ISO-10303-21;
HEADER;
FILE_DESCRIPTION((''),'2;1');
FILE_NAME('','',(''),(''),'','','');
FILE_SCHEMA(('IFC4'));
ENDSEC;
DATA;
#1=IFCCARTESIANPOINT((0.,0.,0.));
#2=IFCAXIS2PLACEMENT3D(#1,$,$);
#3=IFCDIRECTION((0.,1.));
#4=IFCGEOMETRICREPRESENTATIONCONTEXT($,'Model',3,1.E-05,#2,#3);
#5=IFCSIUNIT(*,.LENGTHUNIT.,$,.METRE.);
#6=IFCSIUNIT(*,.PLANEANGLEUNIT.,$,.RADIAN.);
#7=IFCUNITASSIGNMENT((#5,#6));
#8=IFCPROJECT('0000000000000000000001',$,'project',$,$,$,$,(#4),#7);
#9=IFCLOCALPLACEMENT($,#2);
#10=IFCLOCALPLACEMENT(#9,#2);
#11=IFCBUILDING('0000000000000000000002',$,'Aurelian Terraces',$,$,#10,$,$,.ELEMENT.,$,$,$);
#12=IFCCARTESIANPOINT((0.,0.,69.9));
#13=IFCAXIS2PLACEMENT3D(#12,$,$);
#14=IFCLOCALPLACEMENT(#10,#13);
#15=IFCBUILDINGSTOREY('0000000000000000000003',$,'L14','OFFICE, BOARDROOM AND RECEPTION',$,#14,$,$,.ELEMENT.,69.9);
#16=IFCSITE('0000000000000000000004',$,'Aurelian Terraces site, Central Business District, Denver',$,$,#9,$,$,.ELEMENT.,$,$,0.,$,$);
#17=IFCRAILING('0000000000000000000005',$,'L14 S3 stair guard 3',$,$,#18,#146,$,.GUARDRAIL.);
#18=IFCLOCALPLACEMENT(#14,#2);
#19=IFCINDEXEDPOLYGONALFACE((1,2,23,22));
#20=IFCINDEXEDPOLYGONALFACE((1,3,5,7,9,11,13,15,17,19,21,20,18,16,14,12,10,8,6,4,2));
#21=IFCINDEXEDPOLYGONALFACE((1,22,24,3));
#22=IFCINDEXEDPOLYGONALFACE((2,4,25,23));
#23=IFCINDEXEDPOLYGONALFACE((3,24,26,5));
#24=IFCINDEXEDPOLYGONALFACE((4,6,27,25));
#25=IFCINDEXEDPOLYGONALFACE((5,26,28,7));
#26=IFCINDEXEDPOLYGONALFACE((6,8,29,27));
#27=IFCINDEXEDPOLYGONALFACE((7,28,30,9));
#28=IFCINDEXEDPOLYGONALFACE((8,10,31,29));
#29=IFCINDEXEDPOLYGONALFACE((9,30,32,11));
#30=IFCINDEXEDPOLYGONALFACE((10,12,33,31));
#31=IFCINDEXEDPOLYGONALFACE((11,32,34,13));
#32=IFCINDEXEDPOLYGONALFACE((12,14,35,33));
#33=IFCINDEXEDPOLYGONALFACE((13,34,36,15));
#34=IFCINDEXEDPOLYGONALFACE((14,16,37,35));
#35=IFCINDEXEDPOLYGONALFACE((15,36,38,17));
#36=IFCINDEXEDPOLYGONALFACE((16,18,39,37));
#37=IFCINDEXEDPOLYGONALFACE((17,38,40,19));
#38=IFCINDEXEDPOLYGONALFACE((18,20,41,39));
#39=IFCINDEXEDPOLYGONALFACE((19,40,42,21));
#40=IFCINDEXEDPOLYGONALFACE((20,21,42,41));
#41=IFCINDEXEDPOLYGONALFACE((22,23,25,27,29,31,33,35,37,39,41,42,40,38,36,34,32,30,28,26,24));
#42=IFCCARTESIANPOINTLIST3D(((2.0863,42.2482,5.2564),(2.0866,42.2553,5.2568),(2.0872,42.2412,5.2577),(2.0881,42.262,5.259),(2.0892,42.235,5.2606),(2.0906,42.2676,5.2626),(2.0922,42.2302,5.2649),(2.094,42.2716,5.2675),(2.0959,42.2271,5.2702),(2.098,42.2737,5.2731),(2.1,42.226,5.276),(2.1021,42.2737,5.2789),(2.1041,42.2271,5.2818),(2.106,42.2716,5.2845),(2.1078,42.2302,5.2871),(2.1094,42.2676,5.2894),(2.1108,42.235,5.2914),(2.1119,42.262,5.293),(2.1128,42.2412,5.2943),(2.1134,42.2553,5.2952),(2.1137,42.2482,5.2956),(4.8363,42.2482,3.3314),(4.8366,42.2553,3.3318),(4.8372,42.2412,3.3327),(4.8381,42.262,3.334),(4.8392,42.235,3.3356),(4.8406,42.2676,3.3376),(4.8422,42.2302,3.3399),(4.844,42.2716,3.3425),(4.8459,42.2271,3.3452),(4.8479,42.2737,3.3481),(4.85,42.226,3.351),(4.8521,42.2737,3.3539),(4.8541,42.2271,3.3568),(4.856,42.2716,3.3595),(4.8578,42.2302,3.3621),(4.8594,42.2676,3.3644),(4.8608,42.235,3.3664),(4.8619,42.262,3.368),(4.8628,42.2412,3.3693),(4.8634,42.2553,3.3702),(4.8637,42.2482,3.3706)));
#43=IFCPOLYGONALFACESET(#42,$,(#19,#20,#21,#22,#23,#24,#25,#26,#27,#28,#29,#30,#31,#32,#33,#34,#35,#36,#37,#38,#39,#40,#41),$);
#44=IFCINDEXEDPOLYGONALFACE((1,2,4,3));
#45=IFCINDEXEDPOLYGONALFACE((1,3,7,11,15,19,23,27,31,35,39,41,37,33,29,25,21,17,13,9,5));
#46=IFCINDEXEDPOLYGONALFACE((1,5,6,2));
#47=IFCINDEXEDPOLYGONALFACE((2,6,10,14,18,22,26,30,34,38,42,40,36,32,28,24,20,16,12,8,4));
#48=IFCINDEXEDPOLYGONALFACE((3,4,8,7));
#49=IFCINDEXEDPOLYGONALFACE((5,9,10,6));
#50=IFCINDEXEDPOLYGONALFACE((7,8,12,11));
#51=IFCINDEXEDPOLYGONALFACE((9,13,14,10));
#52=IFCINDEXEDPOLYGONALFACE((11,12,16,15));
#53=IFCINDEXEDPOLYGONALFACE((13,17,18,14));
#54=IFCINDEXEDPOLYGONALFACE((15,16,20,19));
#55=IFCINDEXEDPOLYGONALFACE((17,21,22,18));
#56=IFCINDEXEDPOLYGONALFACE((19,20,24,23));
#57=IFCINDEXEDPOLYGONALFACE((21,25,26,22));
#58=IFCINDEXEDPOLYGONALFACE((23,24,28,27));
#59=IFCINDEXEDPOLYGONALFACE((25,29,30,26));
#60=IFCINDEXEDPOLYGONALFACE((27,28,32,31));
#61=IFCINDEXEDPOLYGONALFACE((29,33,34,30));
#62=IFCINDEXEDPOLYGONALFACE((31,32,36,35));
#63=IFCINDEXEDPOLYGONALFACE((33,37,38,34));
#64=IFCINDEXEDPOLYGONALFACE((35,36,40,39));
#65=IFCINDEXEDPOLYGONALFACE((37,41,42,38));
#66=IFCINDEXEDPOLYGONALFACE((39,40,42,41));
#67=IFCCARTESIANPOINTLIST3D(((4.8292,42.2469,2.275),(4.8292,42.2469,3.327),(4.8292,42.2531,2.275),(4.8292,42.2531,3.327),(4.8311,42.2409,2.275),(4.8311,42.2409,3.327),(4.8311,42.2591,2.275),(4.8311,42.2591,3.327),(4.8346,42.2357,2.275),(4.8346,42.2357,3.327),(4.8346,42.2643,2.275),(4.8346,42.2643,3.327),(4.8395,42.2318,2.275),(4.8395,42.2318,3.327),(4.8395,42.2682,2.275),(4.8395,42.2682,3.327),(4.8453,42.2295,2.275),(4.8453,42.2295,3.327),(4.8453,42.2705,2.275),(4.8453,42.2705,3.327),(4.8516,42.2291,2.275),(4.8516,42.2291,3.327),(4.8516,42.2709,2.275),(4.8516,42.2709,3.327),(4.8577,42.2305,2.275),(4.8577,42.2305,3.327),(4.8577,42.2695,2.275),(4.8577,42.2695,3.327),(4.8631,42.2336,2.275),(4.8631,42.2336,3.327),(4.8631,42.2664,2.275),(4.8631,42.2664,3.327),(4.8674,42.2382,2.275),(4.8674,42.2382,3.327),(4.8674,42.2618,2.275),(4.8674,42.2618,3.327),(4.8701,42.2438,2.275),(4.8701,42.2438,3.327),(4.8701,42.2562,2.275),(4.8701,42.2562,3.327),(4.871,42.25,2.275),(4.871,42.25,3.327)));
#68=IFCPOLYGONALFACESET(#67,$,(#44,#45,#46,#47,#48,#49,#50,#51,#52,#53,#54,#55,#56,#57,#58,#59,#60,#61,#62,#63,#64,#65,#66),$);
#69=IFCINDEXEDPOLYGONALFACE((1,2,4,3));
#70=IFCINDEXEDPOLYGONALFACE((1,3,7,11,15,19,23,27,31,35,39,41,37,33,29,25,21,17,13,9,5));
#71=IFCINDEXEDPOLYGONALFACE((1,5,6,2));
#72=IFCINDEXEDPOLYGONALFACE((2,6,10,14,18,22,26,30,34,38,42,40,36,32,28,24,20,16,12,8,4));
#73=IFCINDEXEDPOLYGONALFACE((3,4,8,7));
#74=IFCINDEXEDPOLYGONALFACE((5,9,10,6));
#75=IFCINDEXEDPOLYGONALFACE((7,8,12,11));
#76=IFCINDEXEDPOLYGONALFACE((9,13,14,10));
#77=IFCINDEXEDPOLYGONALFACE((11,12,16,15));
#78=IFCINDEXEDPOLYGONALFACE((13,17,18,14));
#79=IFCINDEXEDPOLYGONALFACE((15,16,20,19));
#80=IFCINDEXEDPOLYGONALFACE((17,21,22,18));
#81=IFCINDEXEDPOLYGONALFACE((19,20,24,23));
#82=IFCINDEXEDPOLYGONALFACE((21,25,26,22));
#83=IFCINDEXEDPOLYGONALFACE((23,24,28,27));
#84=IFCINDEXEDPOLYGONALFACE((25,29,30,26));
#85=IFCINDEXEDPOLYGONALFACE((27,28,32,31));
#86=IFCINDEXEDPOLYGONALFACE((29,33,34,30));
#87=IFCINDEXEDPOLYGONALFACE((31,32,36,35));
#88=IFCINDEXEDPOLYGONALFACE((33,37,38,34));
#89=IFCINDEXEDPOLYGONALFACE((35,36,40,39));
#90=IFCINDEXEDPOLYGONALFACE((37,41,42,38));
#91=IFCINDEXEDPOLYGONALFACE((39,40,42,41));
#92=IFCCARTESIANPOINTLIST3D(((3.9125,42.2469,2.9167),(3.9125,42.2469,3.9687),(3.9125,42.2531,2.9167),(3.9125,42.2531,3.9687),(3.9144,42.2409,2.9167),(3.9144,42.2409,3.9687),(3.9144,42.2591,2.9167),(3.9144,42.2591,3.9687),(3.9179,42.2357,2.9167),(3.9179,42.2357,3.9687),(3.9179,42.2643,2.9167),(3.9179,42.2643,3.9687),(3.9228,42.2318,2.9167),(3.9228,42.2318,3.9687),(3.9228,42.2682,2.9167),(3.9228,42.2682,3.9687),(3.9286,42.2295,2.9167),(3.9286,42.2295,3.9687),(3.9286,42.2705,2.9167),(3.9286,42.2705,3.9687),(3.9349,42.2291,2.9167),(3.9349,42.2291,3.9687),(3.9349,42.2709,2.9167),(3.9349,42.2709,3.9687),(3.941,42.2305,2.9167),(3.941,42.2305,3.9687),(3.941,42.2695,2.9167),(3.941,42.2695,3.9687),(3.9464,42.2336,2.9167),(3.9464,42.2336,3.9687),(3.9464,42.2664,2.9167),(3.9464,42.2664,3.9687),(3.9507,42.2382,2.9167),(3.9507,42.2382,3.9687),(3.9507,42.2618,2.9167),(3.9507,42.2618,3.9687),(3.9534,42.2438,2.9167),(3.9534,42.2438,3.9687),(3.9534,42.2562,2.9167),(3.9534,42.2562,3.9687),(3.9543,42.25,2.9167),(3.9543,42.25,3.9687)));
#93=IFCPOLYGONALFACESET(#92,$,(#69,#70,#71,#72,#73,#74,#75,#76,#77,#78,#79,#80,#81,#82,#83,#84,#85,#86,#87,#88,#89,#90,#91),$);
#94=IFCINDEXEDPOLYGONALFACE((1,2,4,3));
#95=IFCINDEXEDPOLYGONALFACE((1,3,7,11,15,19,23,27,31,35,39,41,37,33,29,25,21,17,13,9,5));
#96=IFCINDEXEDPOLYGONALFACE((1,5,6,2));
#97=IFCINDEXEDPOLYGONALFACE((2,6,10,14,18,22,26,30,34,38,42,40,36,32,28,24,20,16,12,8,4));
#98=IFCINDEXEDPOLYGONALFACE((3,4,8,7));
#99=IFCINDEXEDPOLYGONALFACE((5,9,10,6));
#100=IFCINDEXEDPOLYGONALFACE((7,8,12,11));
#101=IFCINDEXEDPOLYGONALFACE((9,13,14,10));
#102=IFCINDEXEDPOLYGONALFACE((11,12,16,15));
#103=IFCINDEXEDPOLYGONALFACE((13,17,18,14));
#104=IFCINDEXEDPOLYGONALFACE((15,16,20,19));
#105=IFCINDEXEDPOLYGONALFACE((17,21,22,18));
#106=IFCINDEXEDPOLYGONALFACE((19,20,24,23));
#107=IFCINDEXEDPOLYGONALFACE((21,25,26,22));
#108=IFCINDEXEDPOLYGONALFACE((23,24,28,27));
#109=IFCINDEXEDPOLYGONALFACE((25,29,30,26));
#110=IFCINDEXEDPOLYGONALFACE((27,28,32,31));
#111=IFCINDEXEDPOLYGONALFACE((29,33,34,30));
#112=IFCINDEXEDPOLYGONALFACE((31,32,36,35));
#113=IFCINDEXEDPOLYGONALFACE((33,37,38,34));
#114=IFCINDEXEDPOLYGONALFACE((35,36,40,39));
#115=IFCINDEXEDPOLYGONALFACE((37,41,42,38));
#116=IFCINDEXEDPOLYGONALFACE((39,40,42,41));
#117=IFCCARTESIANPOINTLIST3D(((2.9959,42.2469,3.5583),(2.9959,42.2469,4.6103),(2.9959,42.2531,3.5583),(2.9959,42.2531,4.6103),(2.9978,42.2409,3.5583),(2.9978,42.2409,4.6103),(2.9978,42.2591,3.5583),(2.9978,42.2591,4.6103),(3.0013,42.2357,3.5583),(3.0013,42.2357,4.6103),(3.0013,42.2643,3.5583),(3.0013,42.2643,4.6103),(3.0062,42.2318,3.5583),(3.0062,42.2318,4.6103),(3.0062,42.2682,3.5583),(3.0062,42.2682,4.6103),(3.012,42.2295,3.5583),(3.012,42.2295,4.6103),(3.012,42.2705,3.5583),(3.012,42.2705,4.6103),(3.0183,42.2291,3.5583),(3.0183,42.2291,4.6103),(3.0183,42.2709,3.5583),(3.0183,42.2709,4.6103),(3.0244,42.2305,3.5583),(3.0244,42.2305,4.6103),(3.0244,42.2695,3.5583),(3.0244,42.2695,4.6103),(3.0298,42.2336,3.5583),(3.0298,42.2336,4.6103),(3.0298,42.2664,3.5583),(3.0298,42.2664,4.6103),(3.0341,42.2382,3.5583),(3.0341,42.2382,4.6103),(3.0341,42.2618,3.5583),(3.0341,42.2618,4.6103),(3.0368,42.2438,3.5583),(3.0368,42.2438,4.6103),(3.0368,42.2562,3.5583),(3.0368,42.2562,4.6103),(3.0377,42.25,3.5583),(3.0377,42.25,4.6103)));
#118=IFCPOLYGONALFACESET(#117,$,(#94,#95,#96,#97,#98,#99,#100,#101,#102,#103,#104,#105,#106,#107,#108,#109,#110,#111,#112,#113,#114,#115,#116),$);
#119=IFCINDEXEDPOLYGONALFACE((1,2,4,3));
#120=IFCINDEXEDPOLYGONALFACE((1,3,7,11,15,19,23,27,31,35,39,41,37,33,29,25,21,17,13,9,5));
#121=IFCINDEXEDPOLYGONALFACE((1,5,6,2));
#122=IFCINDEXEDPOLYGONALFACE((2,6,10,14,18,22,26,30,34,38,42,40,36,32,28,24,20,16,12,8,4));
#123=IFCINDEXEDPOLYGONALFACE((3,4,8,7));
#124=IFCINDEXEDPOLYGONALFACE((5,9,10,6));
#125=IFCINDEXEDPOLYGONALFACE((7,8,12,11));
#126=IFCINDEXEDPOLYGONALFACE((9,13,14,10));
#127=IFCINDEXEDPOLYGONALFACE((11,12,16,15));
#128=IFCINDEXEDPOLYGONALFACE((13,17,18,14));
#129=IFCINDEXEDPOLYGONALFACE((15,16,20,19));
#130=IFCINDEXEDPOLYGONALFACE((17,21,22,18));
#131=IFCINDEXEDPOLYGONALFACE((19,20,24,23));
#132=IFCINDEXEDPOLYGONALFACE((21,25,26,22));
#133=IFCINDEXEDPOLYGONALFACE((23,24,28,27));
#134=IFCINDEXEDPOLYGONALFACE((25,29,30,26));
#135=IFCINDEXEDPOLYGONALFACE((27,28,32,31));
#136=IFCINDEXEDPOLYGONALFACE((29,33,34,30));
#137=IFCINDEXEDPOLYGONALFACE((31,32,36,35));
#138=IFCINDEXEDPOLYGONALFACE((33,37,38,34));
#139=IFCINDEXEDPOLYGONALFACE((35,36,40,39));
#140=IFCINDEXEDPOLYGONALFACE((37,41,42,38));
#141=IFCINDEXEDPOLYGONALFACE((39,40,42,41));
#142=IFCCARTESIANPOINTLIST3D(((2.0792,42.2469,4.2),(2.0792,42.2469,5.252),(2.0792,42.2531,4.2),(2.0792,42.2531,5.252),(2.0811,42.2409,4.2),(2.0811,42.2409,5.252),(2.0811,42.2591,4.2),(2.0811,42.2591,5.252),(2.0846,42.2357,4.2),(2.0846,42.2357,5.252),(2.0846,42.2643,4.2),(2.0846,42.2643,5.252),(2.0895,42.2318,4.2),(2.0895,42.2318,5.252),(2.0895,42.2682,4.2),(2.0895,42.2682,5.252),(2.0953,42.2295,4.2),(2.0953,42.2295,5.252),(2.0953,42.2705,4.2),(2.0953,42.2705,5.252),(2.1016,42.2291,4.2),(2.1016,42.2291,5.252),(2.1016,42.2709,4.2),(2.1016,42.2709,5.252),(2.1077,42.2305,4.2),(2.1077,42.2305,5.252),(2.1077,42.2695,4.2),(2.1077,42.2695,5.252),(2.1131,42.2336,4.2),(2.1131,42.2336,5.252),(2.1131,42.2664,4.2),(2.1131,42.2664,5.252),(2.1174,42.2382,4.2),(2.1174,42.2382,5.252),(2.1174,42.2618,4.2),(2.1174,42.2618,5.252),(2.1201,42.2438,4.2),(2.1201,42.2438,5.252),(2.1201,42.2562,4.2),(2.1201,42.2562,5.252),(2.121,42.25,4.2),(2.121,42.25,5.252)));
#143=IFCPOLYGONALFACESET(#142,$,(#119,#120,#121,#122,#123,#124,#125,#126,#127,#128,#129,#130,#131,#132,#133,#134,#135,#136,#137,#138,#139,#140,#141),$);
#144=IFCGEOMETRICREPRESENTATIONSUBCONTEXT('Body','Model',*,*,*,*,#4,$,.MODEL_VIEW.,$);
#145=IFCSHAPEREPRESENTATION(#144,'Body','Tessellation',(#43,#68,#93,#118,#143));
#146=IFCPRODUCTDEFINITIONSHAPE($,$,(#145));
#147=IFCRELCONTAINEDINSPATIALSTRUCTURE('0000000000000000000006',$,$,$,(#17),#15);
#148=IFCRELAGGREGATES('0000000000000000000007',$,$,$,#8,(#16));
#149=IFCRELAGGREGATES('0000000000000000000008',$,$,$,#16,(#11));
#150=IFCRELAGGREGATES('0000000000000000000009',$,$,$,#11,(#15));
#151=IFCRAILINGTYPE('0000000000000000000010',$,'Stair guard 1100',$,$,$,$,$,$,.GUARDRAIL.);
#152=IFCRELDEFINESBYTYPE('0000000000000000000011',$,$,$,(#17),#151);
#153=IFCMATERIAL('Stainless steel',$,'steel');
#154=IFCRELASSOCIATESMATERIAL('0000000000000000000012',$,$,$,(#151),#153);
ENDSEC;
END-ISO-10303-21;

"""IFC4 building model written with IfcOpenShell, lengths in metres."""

from ifc_helpers import new_model, si_unit, direction, frame, origin, origin_2d, place, context, subcontext, project, spatial, circle, extrude, source, transform, mapped, material, type_object, element, save


model = new_model("IFC4")

# Units and contexts
model_context = context("Model", 3, precision=1e-05, world=origin(), true_north=direction((0.0, 1.0)))
body_context = subcontext(model_context, "Body", "Model", "MODEL_VIEW")
ifc_project = project(units=[si_unit("LENGTHUNIT", "METRE"), si_unit("PLANEANGLEUNIT", "RADIAN")], contexts=[model_context])

# Site, building, storey
site_placement = place(None, origin())
site = spatial("IfcSite", under=ifc_project, at=site_placement, Name="Aurelian Terraces site, Central Business District, Denver", CompositionType="ELEMENT", RefElevation=0.0)
building_placement = place(site_placement, origin())
building = spatial("IfcBuilding", under=site, at=building_placement, Name="Aurelian Terraces", CompositionType="ELEMENT")
storey_placement = place(building_placement, frame((0.0, 0.0, 69.9)))
storey = spatial("IfcBuildingStorey", under=building, at=storey_placement, Name="L14", Description="OFFICE, BOARDROOM AND RECEPTION", CompositionType="ELEMENT", Elevation=69.9)

# Railing
ifc_material_1 = material(Name="Stainless steel", Category="steel")
railing_type_1 = type_object("IfcRailingType", Name="Stair guard 1100", PredefinedType="GUARDRAIL", material=ifc_material_1)
shared_shape_1 = source(origin(), body_context, "Body", "SweptSolid", [
    extrude(circle(Radius=0.024, at=origin_2d()), frame((0.0, 0.0, 1.076), z_axis=(-0.819232, 0.0, 0.573462), x_axis=(0.0, -1.0, 0.0)), (0.0, 0.0, 1.0), 3.3568),
    extrude(circle(Radius=0.021, at=origin_2d()), origin(), (0.0, 0.0, 1.0), 1.052),
    extrude(circle(Radius=0.021, at=origin_2d()), frame((-0.9167, 0.0, 0.6417)), (0.0, 0.0, 1.0), 1.052),
    extrude(circle(Radius=0.021, at=origin_2d()), frame((-1.8333, 0.0, 1.2833)), (0.0, 0.0, 1.0), 1.052),
    extrude(circle(Radius=0.021, at=origin_2d()), frame((-2.75, 0.0, 1.925)), (0.0, 0.0, 1.0), 1.052),
])
railing_1_placement = place(storey_placement, frame((4.85, 42.25, 2.275)))
element("IfcRailing", 1, at=railing_1_placement, inside=storey, type_object=railing_type_1, Name="L14 S3 stair guard 3", PredefinedType="GUARDRAIL", context=body_context, shape_type="MappedRepresentation", body=[
    mapped(shared_shape_1, transform((0.0, 0.0, 0.0), scale=1.0)),
])

save(model, "model.ifc")
